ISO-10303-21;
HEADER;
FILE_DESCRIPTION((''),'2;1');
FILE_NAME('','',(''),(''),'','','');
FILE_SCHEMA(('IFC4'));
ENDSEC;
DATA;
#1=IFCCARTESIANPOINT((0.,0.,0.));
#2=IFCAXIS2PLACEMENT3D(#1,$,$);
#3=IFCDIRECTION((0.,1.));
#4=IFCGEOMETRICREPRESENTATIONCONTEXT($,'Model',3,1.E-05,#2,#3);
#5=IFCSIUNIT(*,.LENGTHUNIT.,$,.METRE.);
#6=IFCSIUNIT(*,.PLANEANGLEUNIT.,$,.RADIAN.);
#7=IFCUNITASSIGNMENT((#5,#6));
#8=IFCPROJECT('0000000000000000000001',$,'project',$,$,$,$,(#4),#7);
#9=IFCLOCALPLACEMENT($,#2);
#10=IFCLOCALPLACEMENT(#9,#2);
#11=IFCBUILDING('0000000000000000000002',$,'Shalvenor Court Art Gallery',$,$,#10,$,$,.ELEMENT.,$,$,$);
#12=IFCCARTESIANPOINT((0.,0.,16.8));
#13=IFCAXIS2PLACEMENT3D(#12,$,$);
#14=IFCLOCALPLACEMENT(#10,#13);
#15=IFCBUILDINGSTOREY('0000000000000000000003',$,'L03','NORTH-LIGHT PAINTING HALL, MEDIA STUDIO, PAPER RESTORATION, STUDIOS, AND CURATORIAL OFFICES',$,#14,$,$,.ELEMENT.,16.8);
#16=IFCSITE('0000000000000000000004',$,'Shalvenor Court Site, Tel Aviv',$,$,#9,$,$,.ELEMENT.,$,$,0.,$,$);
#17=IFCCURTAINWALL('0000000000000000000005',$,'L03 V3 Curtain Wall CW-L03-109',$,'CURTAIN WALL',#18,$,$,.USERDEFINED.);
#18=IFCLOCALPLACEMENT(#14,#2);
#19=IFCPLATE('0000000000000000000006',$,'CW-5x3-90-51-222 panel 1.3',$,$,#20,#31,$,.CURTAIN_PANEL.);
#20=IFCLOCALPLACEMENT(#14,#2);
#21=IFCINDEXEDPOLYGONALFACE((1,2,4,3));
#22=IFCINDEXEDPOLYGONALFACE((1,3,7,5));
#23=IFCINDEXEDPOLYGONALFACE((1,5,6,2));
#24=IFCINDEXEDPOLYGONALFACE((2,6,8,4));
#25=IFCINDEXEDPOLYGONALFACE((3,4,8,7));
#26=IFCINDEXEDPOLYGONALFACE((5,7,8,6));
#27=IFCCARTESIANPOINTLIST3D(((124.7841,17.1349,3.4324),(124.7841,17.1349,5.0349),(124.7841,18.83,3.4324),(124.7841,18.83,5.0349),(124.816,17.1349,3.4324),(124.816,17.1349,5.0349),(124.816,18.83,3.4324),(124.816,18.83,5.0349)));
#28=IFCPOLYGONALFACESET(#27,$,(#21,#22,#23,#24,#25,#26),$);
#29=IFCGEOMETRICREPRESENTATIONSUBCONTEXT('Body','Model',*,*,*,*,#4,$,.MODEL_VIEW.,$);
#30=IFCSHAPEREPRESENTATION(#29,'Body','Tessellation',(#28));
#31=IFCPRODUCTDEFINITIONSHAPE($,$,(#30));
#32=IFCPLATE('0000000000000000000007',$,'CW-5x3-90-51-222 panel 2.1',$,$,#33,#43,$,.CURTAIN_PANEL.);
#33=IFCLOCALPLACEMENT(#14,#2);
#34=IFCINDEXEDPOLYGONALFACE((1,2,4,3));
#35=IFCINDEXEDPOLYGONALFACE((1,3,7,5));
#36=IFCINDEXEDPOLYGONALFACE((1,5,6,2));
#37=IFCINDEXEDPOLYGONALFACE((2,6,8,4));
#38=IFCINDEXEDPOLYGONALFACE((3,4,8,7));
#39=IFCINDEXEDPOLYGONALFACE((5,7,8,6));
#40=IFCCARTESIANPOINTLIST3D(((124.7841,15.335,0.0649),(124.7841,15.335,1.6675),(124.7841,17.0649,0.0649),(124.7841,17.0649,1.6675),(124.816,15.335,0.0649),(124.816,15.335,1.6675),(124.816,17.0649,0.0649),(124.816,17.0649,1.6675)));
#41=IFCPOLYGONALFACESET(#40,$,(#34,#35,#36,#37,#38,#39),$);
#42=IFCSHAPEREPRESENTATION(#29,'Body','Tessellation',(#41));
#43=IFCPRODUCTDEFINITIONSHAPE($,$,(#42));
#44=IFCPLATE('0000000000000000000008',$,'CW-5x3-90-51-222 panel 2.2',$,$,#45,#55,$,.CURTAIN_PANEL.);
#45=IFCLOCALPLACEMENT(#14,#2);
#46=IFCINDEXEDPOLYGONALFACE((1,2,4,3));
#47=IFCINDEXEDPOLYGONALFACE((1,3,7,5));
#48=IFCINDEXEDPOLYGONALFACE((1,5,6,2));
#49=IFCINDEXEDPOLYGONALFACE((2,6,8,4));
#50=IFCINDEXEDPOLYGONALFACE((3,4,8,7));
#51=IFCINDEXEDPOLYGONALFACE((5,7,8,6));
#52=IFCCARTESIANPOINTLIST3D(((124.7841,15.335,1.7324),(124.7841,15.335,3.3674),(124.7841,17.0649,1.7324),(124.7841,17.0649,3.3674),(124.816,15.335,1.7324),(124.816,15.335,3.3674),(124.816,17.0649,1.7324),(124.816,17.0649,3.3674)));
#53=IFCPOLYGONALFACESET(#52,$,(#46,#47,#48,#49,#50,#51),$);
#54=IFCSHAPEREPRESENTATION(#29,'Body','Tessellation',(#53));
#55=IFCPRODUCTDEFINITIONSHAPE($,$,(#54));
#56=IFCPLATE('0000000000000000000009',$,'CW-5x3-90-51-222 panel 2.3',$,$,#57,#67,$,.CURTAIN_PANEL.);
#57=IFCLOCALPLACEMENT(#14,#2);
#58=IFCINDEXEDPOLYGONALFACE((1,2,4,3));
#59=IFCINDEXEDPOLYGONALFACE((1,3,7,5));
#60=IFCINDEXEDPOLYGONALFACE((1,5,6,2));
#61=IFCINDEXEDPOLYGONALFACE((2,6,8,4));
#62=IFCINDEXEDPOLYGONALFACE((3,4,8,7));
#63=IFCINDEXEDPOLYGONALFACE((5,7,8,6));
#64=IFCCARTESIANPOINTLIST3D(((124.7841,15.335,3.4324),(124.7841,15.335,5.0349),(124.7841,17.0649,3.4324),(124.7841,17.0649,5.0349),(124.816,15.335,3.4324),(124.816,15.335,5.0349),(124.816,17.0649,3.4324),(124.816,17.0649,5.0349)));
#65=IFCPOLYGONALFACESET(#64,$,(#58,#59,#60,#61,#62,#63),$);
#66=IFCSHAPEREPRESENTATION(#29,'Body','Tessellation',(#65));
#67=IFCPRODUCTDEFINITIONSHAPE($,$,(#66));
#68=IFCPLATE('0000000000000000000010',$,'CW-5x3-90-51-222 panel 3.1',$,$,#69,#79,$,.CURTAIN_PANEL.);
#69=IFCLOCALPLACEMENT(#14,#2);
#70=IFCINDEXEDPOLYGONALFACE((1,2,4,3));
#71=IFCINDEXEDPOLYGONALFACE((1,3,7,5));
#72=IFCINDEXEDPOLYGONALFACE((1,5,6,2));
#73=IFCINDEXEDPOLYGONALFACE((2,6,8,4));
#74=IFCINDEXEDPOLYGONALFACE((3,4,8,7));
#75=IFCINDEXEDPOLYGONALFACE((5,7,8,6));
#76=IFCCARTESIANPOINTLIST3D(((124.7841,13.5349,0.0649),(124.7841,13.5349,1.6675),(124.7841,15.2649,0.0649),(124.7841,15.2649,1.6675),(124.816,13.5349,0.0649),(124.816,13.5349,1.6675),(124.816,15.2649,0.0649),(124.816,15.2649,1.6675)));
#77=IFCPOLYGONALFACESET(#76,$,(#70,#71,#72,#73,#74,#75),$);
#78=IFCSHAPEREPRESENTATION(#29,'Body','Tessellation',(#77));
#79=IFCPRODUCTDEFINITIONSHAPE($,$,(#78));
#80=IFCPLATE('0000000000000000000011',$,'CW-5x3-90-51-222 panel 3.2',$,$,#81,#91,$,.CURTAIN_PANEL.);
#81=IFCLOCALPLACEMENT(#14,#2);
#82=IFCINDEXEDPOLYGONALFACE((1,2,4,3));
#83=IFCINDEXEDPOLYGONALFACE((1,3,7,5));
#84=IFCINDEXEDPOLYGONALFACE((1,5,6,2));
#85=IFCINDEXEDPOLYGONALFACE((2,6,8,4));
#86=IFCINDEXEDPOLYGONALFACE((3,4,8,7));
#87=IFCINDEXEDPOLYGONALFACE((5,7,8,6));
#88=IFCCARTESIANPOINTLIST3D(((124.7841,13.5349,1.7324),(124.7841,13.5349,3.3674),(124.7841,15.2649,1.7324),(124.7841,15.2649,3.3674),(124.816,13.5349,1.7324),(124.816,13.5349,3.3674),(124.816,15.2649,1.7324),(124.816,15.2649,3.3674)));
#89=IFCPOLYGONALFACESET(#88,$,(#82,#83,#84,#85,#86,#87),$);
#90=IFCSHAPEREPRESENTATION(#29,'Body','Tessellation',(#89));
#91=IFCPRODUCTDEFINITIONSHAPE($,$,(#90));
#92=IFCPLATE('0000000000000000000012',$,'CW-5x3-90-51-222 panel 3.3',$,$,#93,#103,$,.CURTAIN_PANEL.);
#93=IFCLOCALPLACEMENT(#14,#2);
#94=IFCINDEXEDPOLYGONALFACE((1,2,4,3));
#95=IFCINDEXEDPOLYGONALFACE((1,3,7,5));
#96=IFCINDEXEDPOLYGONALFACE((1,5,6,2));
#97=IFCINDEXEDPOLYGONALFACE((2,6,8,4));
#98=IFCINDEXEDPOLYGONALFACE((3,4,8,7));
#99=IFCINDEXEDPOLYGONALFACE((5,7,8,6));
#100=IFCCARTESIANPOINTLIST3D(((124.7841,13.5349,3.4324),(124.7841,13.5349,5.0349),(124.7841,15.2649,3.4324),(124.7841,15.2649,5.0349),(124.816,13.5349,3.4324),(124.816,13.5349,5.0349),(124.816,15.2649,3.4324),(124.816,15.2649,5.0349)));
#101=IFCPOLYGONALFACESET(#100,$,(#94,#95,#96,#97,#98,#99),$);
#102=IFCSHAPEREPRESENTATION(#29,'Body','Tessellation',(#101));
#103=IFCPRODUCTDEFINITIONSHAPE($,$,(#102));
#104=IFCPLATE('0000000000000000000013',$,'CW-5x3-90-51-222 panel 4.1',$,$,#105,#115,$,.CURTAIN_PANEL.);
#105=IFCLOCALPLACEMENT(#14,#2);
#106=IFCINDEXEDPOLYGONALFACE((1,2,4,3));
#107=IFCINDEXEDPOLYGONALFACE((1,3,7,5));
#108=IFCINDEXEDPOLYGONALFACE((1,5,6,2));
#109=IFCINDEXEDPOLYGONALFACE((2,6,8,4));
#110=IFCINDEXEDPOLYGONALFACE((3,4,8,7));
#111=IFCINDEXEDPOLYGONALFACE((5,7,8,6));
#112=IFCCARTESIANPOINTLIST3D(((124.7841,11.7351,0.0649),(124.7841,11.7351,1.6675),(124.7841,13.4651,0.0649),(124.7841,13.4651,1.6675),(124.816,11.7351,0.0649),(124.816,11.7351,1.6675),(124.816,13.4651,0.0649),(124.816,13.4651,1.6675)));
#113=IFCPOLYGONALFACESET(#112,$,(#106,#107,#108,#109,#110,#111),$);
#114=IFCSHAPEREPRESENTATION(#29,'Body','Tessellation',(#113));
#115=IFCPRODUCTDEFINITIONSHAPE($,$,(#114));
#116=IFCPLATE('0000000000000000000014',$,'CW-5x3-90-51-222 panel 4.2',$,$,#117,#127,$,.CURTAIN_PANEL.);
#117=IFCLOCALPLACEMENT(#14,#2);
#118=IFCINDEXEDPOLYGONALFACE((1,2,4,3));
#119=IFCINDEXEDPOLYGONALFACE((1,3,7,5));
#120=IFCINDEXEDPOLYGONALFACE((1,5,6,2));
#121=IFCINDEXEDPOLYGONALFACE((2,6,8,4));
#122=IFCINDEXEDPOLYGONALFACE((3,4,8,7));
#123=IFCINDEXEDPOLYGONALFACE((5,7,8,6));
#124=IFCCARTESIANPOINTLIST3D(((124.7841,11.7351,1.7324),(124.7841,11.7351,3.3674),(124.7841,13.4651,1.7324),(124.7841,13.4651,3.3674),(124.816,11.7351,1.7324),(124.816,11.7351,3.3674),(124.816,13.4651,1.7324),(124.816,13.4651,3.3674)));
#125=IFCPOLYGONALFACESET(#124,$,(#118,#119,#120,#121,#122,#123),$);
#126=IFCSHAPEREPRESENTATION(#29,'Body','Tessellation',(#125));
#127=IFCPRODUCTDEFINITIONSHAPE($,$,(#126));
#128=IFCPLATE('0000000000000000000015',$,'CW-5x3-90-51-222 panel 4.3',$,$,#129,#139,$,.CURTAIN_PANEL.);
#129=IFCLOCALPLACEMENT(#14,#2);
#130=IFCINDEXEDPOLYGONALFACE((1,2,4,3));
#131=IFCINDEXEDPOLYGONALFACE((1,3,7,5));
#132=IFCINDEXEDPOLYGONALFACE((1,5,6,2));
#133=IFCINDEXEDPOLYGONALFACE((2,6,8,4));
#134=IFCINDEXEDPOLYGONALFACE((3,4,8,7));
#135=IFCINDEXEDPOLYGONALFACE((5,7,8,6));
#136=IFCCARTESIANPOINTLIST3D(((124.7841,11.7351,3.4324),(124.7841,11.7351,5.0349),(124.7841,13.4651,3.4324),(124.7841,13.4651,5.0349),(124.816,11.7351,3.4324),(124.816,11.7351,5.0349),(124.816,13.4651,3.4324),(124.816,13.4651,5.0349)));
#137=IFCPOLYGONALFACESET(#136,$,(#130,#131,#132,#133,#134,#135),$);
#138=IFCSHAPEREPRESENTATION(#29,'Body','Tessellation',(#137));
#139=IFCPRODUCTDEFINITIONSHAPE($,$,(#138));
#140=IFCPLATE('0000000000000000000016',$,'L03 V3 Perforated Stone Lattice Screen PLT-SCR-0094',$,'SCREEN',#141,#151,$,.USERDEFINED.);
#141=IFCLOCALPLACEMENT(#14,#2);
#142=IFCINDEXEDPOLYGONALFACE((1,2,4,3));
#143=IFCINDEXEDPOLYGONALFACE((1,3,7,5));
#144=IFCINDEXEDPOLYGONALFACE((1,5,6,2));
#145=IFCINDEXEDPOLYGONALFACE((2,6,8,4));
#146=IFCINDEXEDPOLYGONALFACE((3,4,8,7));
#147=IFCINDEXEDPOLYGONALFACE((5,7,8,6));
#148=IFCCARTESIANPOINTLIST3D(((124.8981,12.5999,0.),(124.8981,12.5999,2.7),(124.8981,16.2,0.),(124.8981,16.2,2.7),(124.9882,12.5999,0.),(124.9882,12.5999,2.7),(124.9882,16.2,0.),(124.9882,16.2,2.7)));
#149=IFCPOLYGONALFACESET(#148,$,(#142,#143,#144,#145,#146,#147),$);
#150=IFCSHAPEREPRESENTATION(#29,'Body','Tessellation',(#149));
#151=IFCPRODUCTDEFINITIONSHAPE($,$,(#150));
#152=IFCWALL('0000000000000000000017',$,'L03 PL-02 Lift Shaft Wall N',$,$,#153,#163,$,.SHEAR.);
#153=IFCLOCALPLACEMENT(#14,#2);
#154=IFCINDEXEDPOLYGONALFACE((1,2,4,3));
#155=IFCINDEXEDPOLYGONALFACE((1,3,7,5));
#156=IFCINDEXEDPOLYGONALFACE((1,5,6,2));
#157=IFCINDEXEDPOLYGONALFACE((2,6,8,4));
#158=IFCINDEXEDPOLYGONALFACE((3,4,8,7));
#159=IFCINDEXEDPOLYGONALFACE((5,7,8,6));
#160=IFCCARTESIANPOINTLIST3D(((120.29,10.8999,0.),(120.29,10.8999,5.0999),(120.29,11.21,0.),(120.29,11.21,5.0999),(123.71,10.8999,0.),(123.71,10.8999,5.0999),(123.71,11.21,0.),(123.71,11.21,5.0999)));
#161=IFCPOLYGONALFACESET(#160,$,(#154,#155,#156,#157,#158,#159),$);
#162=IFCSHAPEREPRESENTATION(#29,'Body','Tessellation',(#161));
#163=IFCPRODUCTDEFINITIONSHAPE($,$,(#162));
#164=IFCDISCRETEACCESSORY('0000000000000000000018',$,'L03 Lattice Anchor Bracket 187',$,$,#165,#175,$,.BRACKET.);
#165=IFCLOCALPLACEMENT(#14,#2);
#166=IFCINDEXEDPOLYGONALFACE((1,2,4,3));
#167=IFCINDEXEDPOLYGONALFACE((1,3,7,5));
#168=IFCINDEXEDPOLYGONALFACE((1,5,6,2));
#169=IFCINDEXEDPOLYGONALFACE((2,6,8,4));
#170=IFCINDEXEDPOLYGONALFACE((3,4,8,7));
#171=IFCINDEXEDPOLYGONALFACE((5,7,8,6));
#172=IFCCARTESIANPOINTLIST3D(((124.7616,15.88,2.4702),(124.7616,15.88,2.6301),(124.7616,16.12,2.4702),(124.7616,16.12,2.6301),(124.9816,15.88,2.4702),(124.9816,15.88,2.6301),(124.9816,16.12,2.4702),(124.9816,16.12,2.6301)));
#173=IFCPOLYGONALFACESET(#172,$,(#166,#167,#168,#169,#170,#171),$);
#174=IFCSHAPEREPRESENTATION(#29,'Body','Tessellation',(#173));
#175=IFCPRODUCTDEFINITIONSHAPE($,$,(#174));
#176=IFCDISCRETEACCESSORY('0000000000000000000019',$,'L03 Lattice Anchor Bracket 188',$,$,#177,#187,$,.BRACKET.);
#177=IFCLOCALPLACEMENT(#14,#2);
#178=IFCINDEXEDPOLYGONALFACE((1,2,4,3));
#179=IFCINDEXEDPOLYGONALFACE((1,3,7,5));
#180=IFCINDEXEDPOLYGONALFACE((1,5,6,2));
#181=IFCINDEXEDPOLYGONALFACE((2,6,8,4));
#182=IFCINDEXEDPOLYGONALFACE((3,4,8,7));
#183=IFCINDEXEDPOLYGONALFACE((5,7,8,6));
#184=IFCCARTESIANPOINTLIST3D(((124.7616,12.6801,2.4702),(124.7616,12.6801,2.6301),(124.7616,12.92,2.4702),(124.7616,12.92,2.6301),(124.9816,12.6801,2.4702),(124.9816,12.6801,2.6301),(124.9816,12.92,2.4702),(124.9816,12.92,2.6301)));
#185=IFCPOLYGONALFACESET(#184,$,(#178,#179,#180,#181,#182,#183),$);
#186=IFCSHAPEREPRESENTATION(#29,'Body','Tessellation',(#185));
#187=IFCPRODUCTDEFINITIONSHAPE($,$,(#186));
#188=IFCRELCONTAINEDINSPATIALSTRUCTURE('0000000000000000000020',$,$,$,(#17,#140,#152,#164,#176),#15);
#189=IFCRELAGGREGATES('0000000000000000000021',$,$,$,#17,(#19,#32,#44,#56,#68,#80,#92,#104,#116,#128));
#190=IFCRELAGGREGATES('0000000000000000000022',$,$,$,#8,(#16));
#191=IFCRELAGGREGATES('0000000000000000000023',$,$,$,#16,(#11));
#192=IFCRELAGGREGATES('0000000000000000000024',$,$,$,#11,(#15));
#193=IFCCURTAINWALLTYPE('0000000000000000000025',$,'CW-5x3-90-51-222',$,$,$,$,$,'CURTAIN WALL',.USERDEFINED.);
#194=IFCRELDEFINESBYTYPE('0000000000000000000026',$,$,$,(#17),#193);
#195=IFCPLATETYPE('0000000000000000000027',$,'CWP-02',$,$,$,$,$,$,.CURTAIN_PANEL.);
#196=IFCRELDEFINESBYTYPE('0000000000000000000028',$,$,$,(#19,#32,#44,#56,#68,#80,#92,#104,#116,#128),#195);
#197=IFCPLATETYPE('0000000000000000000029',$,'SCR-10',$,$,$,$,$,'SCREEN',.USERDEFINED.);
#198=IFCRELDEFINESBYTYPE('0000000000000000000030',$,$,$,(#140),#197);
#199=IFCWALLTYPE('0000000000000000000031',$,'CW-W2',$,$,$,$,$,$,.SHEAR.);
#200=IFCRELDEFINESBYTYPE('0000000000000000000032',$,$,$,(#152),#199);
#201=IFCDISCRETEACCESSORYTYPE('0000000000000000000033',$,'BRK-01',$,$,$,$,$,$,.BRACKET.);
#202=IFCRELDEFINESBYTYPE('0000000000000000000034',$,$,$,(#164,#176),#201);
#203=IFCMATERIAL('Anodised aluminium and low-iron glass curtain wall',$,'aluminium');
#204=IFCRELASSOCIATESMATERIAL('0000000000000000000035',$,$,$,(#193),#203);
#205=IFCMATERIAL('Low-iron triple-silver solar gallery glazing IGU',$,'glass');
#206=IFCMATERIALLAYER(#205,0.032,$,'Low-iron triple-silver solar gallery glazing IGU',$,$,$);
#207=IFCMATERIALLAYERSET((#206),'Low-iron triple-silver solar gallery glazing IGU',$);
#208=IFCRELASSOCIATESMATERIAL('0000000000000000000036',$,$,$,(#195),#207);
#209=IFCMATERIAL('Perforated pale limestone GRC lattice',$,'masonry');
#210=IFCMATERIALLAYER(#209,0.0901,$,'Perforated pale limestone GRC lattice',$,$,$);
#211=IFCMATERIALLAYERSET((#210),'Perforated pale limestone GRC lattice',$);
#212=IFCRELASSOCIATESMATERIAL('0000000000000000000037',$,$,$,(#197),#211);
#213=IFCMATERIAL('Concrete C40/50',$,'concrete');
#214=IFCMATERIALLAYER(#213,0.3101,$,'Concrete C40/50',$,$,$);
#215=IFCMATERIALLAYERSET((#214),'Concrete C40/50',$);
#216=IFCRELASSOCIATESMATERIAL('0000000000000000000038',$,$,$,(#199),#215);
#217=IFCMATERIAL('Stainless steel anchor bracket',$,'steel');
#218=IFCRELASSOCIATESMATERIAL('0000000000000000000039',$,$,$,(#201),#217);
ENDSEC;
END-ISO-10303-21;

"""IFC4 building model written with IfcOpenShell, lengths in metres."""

from ifc_helpers import new_model, si_unit, direction, frame, frame_2d, origin, origin_2d, place, context, subcontext, project, spatial, rectangle, extrude, material, layer, layer_set, type_object, element, aggregate, save


model = new_model("IFC4")

# Units and contexts
model_context = context("Model", 3, precision=1e-05, world=origin(), true_north=direction((0.0, 1.0)))
body_context = subcontext(model_context, "Body", "Model", "MODEL_VIEW")
ifc_project = project(units=[si_unit("LENGTHUNIT", "METRE"), si_unit("PLANEANGLEUNIT", "RADIAN")], contexts=[model_context])

# Site, building, storey
site_placement = place(None, origin())
site = spatial("IfcSite", under=ifc_project, at=site_placement, Name="Shalvenor Court Site, Tel Aviv", CompositionType="ELEMENT", RefElevation=0.0)
building_placement = place(site_placement, origin())
building = spatial("IfcBuilding", under=site, at=building_placement, Name="Shalvenor Court Art Gallery", CompositionType="ELEMENT")
storey_placement = place(building_placement, frame((0.0, 0.0, 16.8)))
storey = spatial("IfcBuildingStorey", under=building, at=storey_placement, Name="L03", Description="NORTH-LIGHT PAINTING HALL, MEDIA STUDIO, PAPER RESTORATION, STUDIOS, AND CURATORIAL OFFICES", CompositionType="ELEMENT", Elevation=16.8)

# Curtain wall, plates
ifc_material_1 = material(Name="Anodised aluminium and low-iron glass curtain wall", Category="aluminium")
curtain_wall_type = type_object("IfcCurtainWallType", Name="CW-5x3-90-51-222", ElementType="CURTAIN WALL", PredefinedType="USERDEFINED", material=ifc_material_1)
curtain_wall_placement = place(storey_placement, origin())
curtain_wall = element("IfcCurtainWall", 1, at=curtain_wall_placement, inside=storey, type_object=curtain_wall_type, Name="L03 V3 Curtain Wall CW-L03-109", ObjectType="CURTAIN WALL", PredefinedType="USERDEFINED")
ifc_material_2 = material(Name="Low-iron triple-silver solar gallery glazing IGU", Category="glass")
ifc_layer_1 = layer(ifc_material_2, 0.032, Name="Low-iron triple-silver solar gallery glazing IGU")
ifc_layer_set_1 = layer_set([ifc_layer_1], Name="Low-iron triple-silver solar gallery glazing IGU")
plate_type_1 = type_object("IfcPlateType", Name="CWP-02", PredefinedType="CURTAIN_PANEL", material=ifc_layer_set_1)
plate_1_placement = place(storey_placement, frame((124.8, 17.9824, 3.4324), z_axis=(0.0, 0.0, 1.0), x_axis=(0.0, -1.0, 0.0)))
plate_1 = element("IfcPlate", 2, at=plate_1_placement, type_object=plate_type_1, Name="CW-5x3-90-51-222 panel 1.3", PredefinedType="CURTAIN_PANEL", context=body_context, shape_type="SweptSolid", body=[
    extrude(rectangle(XDim=1.6951, YDim=0.032, at=origin_2d()), origin(), (0.0, 0.0, 1.0), 1.6025),
])
plate_2_placement = place(storey_placement, frame((124.8, 16.2, 0.0649), z_axis=(0.0, 0.0, 1.0), x_axis=(0.0, -1.0, 0.0)))
plate_2 = element("IfcPlate", 3, at=plate_2_placement, type_object=plate_type_1, Name="CW-5x3-90-51-222 panel 2.1", PredefinedType="CURTAIN_PANEL", context=body_context, shape_type="SweptSolid", body=[
    extrude(rectangle(XDim=1.73, YDim=0.032, at=origin_2d()), origin(), (0.0, 0.0, 1.0), 1.6025),
])
plate_3_placement = place(storey_placement, frame((124.8, 16.2, 1.7324), z_axis=(0.0, 0.0, 1.0), x_axis=(0.0, -1.0, 0.0)))
plate_3 = element("IfcPlate", 4, at=plate_3_placement, type_object=plate_type_1, Name="CW-5x3-90-51-222 panel 2.2", PredefinedType="CURTAIN_PANEL", context=body_context, shape_type="SweptSolid", body=[
    extrude(rectangle(XDim=1.73, YDim=0.032, at=origin_2d()), origin(), (0.0, 0.0, 1.0), 1.635),
])
plate_4_placement = place(storey_placement, frame((124.8, 16.2, 3.4324), z_axis=(0.0, 0.0, 1.0), x_axis=(0.0, -1.0, 0.0)))
plate_4 = element("IfcPlate", 5, at=plate_4_placement, type_object=plate_type_1, Name="CW-5x3-90-51-222 panel 2.3", PredefinedType="CURTAIN_PANEL", context=body_context, shape_type="SweptSolid", body=[
    extrude(rectangle(XDim=1.73, YDim=0.032, at=origin_2d()), origin(), (0.0, 0.0, 1.0), 1.6025),
])
plate_5_placement = place(storey_placement, frame((124.8, 14.3999, 0.0649), z_axis=(0.0, 0.0, 1.0), x_axis=(0.0, -1.0, 0.0)))
plate_5 = element("IfcPlate", 6, at=plate_5_placement, type_object=plate_type_1, Name="CW-5x3-90-51-222 panel 3.1", PredefinedType="CURTAIN_PANEL", context=body_context, shape_type="SweptSolid", body=[
    extrude(rectangle(XDim=1.73, YDim=0.032, at=origin_2d()), origin(), (0.0, 0.0, 1.0), 1.6025),
])
plate_6_placement = place(storey_placement, frame((124.8, 14.3999, 1.7324), z_axis=(0.0, 0.0, 1.0), x_axis=(0.0, -1.0, 0.0)))
plate_6 = element("IfcPlate", 7, at=plate_6_placement, type_object=plate_type_1, Name="CW-5x3-90-51-222 panel 3.2", PredefinedType="CURTAIN_PANEL", context=body_context, shape_type="SweptSolid", body=[
    extrude(rectangle(XDim=1.73, YDim=0.032, at=origin_2d()), origin(), (0.0, 0.0, 1.0), 1.635),
])
plate_7_placement = place(storey_placement, frame((124.8, 14.3999, 3.4324), z_axis=(0.0, 0.0, 1.0), x_axis=(0.0, -1.0, 0.0)))
plate_7 = element("IfcPlate", 8, at=plate_7_placement, type_object=plate_type_1, Name="CW-5x3-90-51-222 panel 3.3", PredefinedType="CURTAIN_PANEL", context=body_context, shape_type="SweptSolid", body=[
    extrude(rectangle(XDim=1.73, YDim=0.032, at=origin_2d()), origin(), (0.0, 0.0, 1.0), 1.6025),
])
plate_8_placement = place(storey_placement, frame((124.8, 12.6001, 0.0649), z_axis=(0.0, 0.0, 1.0), x_axis=(0.0, -1.0, 0.0)))
plate_8 = element("IfcPlate", 9, at=plate_8_placement, type_object=plate_type_1, Name="CW-5x3-90-51-222 panel 4.1", PredefinedType="CURTAIN_PANEL", context=body_context, shape_type="SweptSolid", body=[
    extrude(rectangle(XDim=1.73, YDim=0.032, at=origin_2d()), origin(), (0.0, 0.0, 1.0), 1.6025),
])
plate_9_placement = place(storey_placement, frame((124.8, 12.6001, 1.7324), z_axis=(0.0, 0.0, 1.0), x_axis=(0.0, -1.0, 0.0)))
plate_9 = element("IfcPlate", 10, at=plate_9_placement, type_object=plate_type_1, Name="CW-5x3-90-51-222 panel 4.2", PredefinedType="CURTAIN_PANEL", context=body_context, shape_type="SweptSolid", body=[
    extrude(rectangle(XDim=1.73, YDim=0.032, at=origin_2d()), origin(), (0.0, 0.0, 1.0), 1.635),
])
plate_10_placement = place(storey_placement, frame((124.8, 12.6001, 3.4324), z_axis=(0.0, 0.0, 1.0), x_axis=(0.0, -1.0, 0.0)))
plate_10 = element("IfcPlate", 11, at=plate_10_placement, type_object=plate_type_1, Name="CW-5x3-90-51-222 panel 4.3", PredefinedType="CURTAIN_PANEL", context=body_context, shape_type="SweptSolid", body=[
    extrude(rectangle(XDim=1.73, YDim=0.032, at=origin_2d()), origin(), (0.0, 0.0, 1.0), 1.6025),
])
aggregate(curtain_wall, [plate_1, plate_2, plate_3, plate_4, plate_5, plate_6, plate_7, plate_8, plate_9, plate_10])

# Plate
ifc_material_3 = material(Name="Perforated pale limestone GRC lattice", Category="masonry")
ifc_layer_2 = layer(ifc_material_3, 0.0901, Name="Perforated pale limestone GRC lattice")
ifc_layer_set_2 = layer_set([ifc_layer_2], Name="Perforated pale limestone GRC lattice")
plate_type_2 = type_object("IfcPlateType", Name="SCR-10", ElementType="SCREEN", PredefinedType="USERDEFINED", material=ifc_layer_set_2)
plate_11_placement = place(storey_placement, frame((124.9431, 14.3999, 0.0), z_axis=(0.0, 0.0, 1.0), x_axis=(0.0, -1.0, 0.0)))
element("IfcPlate", 12, at=plate_11_placement, inside=storey, type_object=plate_type_2, Name="L03 V3 Perforated Stone Lattice Screen PLT-SCR-0094", ObjectType="SCREEN", PredefinedType="USERDEFINED", context=body_context, shape_type="SweptSolid", body=[
    extrude(rectangle(XDim=3.6001, YDim=0.0901, at=origin_2d()), origin(), (0.0, 0.0, 1.0), 2.7),
])

# Wall
ifc_material_4 = material(Name="Concrete C40/50", Category="concrete")
ifc_layer_3 = layer(ifc_material_4, 0.3101, Name="Concrete C40/50")
ifc_layer_set_3 = layer_set([ifc_layer_3], Name="Concrete C40/50")
wall_type = type_object("IfcWallType", Name="CW-W2", PredefinedType="SHEAR", material=ifc_layer_set_3)
wall_placement = place(storey_placement, frame((120.29, 11.0549, 0.0), z_axis=(0.0, 0.0, 1.0), x_axis=(1.0, 0.0, 0.0)))
element("IfcWall", 13, at=wall_placement, inside=storey, type_object=wall_type, Name="L03 PL-02 Lift Shaft Wall N", PredefinedType="SHEAR", context=body_context, shape_type="SweptSolid", body=[
    extrude(rectangle(XDim=3.4199, YDim=0.3101, at=frame_2d((1.71, 0.0))), origin(), (0.0, 0.0, 1.0), 5.0999),
])

# Discrete accessories
ifc_material_5 = material(Name="Stainless steel anchor bracket", Category="steel")
discrete_accessory_type = type_object("IfcDiscreteAccessoryType", Name="BRK-01", PredefinedType="BRACKET", material=ifc_material_5)
for number, where, z_axis, x_axis, name in (
    (14, (124.8716, 16.0, 2.4702), (0.0, 0.0, 1.0), (0.0, -1.0, 0.0), "L03 Lattice Anchor Bracket 187"),
    (15, (124.8716, 12.8, 2.4702), (0.0, 0.0, 1.0), (0.0, -1.0, 0.0), "L03 Lattice Anchor Bracket 188"),
):
    element("IfcDiscreteAccessory", number, at=place(storey_placement, frame(where, z_axis=z_axis, x_axis=x_axis)), inside=storey, type_object=discrete_accessory_type, Name=name, PredefinedType="BRACKET", context=body_context, shape_type="SweptSolid", body=[
        extrude(rectangle(XDim=0.24, YDim=0.22, at=origin_2d()), origin(), (0.0, 0.0, 1.0), 0.1599),
    ])

save(model, "model.ifc")
